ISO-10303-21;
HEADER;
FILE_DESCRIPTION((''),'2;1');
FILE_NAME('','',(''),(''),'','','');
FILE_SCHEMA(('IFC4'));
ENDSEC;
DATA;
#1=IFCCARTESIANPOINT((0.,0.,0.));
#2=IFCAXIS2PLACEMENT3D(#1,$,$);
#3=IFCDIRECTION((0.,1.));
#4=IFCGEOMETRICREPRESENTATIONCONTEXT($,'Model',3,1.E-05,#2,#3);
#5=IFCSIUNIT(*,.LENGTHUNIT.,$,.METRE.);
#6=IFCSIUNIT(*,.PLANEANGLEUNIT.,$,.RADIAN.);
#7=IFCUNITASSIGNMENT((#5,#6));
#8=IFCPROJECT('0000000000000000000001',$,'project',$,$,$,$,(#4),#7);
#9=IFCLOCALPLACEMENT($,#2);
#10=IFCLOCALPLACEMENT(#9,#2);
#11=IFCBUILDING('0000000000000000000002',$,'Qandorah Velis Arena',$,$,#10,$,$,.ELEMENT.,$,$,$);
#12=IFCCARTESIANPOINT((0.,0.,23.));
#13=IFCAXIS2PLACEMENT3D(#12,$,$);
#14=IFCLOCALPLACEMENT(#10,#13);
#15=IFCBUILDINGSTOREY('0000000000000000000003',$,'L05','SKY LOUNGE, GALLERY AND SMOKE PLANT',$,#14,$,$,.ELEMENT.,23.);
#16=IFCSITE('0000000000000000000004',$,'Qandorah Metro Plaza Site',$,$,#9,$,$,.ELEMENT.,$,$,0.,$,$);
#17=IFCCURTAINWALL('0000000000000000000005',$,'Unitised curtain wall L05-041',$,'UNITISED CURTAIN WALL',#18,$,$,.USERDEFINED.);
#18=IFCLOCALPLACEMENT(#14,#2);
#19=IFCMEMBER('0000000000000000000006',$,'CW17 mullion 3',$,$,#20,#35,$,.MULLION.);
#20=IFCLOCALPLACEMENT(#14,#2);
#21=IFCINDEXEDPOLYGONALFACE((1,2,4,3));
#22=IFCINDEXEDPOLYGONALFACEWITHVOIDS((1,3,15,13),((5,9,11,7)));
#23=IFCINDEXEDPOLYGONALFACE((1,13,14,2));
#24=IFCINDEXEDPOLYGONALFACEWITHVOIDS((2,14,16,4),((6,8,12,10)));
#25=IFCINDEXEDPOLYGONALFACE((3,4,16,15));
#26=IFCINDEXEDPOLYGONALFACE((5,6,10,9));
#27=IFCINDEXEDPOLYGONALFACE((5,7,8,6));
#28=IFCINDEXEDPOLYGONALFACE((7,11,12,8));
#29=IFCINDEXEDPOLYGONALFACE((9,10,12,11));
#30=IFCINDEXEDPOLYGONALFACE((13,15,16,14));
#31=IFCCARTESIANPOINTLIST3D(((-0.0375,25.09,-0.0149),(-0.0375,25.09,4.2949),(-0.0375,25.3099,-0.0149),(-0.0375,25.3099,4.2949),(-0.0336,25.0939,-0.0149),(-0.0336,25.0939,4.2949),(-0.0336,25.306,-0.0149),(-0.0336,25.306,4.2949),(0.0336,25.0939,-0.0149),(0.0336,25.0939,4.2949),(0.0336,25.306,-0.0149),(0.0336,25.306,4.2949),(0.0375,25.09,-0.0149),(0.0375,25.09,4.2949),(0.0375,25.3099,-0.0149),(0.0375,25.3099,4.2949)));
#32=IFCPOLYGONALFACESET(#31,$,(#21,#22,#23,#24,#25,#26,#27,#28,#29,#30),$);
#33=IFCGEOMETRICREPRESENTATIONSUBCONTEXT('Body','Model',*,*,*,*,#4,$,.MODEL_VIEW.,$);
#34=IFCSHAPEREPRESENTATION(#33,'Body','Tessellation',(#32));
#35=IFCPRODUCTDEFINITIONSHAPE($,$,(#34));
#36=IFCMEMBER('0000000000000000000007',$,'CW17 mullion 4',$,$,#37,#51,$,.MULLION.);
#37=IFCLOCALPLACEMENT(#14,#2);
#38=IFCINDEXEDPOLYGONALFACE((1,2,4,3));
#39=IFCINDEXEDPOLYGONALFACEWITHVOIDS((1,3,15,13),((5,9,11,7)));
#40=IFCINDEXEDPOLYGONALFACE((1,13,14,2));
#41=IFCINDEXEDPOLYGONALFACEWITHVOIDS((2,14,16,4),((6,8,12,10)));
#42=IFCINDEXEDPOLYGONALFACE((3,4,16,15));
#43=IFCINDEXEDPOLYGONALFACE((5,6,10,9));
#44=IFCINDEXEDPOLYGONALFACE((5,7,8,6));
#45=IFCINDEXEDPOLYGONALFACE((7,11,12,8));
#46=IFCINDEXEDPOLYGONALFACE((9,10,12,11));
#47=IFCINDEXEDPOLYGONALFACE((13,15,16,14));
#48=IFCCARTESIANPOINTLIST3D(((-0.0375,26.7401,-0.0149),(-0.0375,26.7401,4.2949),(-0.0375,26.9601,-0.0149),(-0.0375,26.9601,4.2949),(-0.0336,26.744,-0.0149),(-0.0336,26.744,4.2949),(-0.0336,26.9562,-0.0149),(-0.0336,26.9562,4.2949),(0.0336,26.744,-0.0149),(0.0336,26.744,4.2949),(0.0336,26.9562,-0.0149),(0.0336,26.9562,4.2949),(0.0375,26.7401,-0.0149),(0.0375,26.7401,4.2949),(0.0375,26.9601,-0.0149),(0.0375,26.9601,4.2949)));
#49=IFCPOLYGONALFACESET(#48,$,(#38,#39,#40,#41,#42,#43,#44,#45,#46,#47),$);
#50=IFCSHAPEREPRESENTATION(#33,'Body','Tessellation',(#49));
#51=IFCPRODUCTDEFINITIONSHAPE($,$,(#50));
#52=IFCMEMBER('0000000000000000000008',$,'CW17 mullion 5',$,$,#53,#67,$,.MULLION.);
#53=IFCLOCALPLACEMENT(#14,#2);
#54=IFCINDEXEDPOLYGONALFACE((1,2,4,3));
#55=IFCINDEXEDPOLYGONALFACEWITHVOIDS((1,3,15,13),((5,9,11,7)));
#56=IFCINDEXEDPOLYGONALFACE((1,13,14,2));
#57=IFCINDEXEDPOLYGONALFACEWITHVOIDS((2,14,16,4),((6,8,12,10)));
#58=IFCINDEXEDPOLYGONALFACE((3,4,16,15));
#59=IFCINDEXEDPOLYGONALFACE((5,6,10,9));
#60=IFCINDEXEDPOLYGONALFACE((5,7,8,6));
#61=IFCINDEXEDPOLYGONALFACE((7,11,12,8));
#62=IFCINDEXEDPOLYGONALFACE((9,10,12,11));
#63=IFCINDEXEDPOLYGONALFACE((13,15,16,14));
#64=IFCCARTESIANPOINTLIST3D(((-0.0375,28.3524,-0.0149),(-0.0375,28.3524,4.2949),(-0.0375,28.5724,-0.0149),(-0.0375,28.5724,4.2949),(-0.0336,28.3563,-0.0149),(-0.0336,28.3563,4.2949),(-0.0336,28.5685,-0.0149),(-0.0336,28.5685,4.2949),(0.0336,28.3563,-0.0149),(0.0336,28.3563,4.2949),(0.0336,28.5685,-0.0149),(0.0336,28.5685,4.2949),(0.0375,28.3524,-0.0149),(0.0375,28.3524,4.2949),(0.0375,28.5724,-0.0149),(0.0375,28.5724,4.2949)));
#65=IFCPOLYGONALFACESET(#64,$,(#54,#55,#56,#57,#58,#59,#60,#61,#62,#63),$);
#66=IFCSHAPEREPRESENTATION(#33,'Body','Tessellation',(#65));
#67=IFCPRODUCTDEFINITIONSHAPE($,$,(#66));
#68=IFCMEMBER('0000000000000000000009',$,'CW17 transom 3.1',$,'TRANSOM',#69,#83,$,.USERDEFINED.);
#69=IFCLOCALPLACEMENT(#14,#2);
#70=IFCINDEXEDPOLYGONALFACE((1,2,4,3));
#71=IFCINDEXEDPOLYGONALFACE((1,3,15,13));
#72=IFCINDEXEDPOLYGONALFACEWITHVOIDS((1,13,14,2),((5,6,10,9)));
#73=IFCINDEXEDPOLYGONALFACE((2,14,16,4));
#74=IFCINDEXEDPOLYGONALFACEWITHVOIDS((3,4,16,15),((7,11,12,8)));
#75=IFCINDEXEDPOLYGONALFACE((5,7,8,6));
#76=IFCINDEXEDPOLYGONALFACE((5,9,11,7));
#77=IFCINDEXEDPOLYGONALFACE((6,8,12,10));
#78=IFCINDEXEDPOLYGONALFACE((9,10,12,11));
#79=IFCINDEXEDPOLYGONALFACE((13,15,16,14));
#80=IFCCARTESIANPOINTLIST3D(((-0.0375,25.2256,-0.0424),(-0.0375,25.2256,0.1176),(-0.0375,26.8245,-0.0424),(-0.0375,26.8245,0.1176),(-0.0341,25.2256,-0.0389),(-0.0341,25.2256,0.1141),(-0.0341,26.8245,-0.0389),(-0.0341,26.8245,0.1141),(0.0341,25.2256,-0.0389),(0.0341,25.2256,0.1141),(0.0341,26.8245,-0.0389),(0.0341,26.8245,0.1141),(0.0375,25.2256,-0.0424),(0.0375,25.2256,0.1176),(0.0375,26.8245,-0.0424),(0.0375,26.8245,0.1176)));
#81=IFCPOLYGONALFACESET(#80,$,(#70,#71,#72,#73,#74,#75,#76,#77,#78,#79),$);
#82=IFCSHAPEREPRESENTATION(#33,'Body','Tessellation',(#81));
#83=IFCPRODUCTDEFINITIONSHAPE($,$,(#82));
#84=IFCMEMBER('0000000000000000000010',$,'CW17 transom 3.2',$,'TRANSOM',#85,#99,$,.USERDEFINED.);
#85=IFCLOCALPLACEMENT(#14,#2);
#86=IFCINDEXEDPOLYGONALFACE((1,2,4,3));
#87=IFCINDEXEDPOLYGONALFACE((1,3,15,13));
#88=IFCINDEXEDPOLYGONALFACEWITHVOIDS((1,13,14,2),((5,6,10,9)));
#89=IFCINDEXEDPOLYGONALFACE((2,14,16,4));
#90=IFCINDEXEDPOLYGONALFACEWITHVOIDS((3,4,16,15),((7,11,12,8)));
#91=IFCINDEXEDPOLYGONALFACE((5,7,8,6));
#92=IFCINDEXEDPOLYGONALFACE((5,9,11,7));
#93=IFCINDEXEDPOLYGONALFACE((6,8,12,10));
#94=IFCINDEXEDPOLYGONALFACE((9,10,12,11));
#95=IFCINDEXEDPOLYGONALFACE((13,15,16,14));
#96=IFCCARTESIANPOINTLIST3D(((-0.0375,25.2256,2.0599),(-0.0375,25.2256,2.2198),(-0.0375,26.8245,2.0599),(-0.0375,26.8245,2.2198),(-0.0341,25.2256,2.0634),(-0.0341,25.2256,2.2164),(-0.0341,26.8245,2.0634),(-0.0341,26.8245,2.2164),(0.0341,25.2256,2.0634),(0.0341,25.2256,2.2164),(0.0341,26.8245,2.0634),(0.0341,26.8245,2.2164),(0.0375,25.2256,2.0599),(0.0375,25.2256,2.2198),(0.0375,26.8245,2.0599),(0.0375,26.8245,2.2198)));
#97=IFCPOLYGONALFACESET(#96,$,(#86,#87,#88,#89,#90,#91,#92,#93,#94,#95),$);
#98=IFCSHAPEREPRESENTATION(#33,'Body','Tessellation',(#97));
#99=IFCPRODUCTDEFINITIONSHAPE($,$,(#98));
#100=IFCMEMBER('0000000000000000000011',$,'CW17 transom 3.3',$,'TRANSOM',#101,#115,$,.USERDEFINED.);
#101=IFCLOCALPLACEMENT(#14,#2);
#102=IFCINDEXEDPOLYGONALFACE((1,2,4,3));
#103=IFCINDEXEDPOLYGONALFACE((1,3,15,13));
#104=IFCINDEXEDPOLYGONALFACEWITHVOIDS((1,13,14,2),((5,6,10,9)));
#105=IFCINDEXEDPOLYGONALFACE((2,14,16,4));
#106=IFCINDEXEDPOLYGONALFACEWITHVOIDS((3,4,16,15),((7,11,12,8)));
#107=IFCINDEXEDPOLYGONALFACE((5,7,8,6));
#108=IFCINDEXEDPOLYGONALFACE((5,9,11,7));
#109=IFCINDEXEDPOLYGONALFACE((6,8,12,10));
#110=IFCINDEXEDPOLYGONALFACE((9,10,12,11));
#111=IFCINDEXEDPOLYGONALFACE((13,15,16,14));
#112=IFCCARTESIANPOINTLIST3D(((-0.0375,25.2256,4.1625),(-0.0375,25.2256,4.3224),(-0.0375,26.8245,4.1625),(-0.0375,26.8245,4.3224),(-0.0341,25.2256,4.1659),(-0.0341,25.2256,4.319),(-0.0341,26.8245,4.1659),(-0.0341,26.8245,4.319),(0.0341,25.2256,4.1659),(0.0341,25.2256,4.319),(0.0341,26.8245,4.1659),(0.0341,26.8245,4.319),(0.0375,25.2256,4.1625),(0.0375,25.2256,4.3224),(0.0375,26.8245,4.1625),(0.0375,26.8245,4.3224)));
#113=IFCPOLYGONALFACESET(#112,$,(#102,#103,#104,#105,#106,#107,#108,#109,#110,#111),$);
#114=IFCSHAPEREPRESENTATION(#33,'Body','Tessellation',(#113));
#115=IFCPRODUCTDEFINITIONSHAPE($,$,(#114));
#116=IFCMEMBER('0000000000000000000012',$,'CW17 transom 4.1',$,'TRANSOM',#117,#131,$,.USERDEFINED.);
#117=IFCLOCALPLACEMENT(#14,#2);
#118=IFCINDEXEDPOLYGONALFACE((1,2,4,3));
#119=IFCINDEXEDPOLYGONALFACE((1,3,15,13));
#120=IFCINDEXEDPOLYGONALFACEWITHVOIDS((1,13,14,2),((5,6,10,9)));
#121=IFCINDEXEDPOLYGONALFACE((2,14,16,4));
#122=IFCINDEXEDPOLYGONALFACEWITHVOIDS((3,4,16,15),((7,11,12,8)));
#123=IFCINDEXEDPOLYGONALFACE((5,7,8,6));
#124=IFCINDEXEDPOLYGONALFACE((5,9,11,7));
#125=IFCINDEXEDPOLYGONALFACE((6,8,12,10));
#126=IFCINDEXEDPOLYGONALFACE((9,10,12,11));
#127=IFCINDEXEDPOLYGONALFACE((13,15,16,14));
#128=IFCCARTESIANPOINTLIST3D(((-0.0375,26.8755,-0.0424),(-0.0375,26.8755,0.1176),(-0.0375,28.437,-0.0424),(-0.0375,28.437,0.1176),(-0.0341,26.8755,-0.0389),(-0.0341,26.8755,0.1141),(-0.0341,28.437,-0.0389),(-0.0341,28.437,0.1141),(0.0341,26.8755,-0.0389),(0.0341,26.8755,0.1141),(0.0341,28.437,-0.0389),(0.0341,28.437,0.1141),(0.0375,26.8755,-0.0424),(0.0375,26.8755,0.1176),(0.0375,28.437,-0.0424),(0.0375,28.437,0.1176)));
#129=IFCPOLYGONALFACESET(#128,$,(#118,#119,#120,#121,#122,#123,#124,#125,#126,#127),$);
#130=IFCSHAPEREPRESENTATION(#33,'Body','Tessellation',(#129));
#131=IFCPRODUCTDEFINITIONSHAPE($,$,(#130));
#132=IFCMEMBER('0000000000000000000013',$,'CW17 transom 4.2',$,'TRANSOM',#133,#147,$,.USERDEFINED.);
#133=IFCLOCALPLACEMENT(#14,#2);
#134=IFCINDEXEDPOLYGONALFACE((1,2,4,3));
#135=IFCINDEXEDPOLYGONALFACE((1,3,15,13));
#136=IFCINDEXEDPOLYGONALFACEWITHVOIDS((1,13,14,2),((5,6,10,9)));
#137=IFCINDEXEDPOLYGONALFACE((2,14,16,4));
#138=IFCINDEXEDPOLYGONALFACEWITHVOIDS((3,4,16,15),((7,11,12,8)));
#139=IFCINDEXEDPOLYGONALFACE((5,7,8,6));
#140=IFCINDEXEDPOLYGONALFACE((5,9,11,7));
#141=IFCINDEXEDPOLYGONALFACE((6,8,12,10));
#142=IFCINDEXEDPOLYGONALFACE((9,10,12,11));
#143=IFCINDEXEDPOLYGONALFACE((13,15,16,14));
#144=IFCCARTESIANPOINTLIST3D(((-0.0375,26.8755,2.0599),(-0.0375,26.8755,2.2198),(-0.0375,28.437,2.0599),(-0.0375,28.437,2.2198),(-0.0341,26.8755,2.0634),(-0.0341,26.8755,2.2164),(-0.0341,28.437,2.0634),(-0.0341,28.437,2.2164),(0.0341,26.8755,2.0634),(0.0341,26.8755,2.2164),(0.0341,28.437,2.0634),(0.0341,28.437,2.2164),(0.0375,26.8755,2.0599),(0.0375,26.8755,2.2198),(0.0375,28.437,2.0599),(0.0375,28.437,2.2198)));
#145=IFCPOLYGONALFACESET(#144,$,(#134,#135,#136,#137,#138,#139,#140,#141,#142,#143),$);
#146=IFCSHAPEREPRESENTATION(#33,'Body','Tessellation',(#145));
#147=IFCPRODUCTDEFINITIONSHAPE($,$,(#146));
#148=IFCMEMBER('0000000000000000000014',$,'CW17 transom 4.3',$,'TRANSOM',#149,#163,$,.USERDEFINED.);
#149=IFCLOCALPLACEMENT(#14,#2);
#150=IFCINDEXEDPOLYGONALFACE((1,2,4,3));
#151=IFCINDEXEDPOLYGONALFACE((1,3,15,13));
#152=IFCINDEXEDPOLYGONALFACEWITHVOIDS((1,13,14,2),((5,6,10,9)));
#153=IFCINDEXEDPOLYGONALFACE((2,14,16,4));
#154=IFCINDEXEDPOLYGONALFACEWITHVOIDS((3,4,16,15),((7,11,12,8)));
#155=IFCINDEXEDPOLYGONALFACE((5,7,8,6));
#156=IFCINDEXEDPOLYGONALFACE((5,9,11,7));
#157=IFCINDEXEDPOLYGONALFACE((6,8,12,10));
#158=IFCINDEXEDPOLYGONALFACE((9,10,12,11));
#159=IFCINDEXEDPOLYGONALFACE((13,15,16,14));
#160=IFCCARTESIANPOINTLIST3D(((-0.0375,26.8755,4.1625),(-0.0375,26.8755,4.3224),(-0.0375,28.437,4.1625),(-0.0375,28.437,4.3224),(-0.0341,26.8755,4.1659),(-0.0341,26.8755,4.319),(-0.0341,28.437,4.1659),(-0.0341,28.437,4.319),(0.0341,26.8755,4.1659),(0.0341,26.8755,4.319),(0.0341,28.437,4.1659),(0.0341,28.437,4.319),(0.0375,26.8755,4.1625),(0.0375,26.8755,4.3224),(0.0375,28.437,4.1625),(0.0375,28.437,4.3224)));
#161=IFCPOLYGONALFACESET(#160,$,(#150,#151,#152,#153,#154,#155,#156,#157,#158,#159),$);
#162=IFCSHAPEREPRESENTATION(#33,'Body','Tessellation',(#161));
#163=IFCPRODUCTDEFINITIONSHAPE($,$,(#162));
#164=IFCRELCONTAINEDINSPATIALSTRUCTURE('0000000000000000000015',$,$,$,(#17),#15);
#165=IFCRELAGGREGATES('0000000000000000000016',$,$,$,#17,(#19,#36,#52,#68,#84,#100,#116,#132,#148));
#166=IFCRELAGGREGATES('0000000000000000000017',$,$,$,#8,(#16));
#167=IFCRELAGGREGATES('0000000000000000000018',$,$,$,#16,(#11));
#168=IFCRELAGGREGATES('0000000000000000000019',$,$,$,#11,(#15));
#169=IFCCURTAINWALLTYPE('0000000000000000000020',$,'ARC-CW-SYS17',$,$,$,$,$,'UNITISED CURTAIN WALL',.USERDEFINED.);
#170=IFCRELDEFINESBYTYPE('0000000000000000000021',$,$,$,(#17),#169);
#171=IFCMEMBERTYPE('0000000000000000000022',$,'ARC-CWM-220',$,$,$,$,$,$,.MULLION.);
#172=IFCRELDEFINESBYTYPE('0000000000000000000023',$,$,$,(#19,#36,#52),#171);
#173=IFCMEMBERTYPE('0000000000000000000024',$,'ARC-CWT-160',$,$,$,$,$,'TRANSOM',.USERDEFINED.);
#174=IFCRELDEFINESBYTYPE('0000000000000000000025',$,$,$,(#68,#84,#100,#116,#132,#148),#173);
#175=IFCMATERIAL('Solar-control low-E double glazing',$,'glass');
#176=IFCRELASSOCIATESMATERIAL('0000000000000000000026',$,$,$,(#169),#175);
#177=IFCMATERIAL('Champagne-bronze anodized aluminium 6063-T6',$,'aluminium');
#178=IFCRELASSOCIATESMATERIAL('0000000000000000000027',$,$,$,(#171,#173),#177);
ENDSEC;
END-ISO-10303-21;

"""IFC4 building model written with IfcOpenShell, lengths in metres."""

from ifc_helpers import new_model, si_unit, direction, frame, origin, origin_2d, place, context, subcontext, project, spatial, hollow_rectangle, extrude, material, material_profile, profile_set, type_object, element, aggregate, save


model = new_model("IFC4")

# Units and contexts
model_context = context("Model", 3, precision=1e-05, world=origin(), true_north=direction((0.0, 1.0)))
body_context = subcontext(model_context, "Body", "Model", "MODEL_VIEW")
ifc_project = project(units=[si_unit("LENGTHUNIT", "METRE"), si_unit("PLANEANGLEUNIT", "RADIAN")], contexts=[model_context])

# Site, building, storey
site_placement = place(None, origin())
site = spatial("IfcSite", under=ifc_project, at=site_placement, Name="Qandorah Metro Plaza Site", CompositionType="ELEMENT", RefElevation=0.0)
building_placement = place(site_placement, origin())
building = spatial("IfcBuilding", under=site, at=building_placement, Name="Qandorah Velis Arena", CompositionType="ELEMENT")
storey_placement = place(building_placement, frame((0.0, 0.0, 23.0)))
storey = spatial("IfcBuildingStorey", under=building, at=storey_placement, Name="L05", Description="SKY LOUNGE, GALLERY AND SMOKE PLANT", CompositionType="ELEMENT", Elevation=23.0)

# Curtain wall, members
ifc_material_1 = material(Name="Solar-control low-E double glazing", Category="glass")
curtain_wall_type = type_object("IfcCurtainWallType", Name="ARC-CW-SYS17", ElementType="UNITISED CURTAIN WALL", PredefinedType="USERDEFINED", material=ifc_material_1)
curtain_wall_placement = place(storey_placement, origin())
curtain_wall = element("IfcCurtainWall", 1, at=curtain_wall_placement, inside=storey, type_object=curtain_wall_type, Name="Unitised curtain wall L05-041", ObjectType="UNITISED CURTAIN WALL", PredefinedType="USERDEFINED")
ifc_material_2 = material(Name="Champagne-bronze anodized aluminium 6063-T6", Category="aluminium")
ifc_material_profile_1 = material_profile(ifc_material_2, hollow_rectangle(XDim=0.075, YDim=0.22, WallThickness=0.0039, at=origin_2d()), Name="ALU MULLION 75x220")
ifc_profile_set_1 = profile_set([ifc_material_profile_1], Name="Champagne-bronze anodized aluminium 6063-T6")
member_type_1 = type_object("IfcMemberType", Name="ARC-CWM-220", PredefinedType="MULLION", material=ifc_profile_set_1)
member_1_placement = place(storey_placement, frame((0.0, 25.2, -0.0149), z_axis=(0.0, 0.0, 1.0), x_axis=(-1.0, 0.0, 0.0)))
member_1 = element("IfcMember", 2, at=member_1_placement, type_object=member_type_1, Name="CW17 mullion 3", PredefinedType="MULLION", context=body_context, shape_type="SweptSolid", body=[
    extrude(hollow_rectangle(XDim=0.075, YDim=0.22, WallThickness=0.0039, at=origin_2d()), origin(), (0.0, 0.0, 1.0), 4.3098),
])
member_2_placement = place(storey_placement, frame((0.0, 26.8501, -0.0149), z_axis=(0.0, 0.0, 1.0), x_axis=(-1.0, 0.0, 0.0)))
member_2 = element("IfcMember", 3, at=member_2_placement, type_object=member_type_1, Name="CW17 mullion 4", PredefinedType="MULLION", context=body_context, shape_type="SweptSolid", body=[
    extrude(hollow_rectangle(XDim=0.075, YDim=0.22, WallThickness=0.0039, at=origin_2d()), origin(), (0.0, 0.0, 1.0), 4.3098),
])
member_3_placement = place(storey_placement, frame((0.0, 28.4624, -0.0149), z_axis=(0.0, 0.0, 1.0), x_axis=(-1.0, 0.0, 0.0)))
member_3 = element("IfcMember", 4, at=member_3_placement, type_object=member_type_1, Name="CW17 mullion 5", PredefinedType="MULLION", context=body_context, shape_type="SweptSolid", body=[
    extrude(hollow_rectangle(XDim=0.075, YDim=0.22, WallThickness=0.0039, at=origin_2d()), origin(), (0.0, 0.0, 1.0), 4.3098),
])
ifc_material_profile_2 = material_profile(ifc_material_2, hollow_rectangle(XDim=0.075, YDim=0.1599, WallThickness=0.0034, at=origin_2d()), Name="ALU TRANSOM 75x160")
ifc_profile_set_2 = profile_set([ifc_material_profile_2], Name="Champagne-bronze anodized aluminium 6063-T6")
member_type_2 = type_object("IfcMemberType", Name="ARC-CWT-160", ElementType="TRANSOM", PredefinedType="USERDEFINED", material=ifc_profile_set_2)
member_4_placement = place(storey_placement, frame((0.0, 25.2256, 0.0376), z_axis=(0.0, 1.0, 0.0), x_axis=(-1.0, 0.0, 0.0)))
member_4 = element("IfcMember", 5, at=member_4_placement, type_object=member_type_2, Name="CW17 transom 3.1", ObjectType="TRANSOM", PredefinedType="USERDEFINED", context=body_context, shape_type="SweptSolid", body=[
    extrude(hollow_rectangle(XDim=0.075, YDim=0.1599, WallThickness=0.0034, at=origin_2d()), origin(), (0.0, 0.0, 1.0), 1.5989),
])
member_5_placement = place(storey_placement, frame((0.0, 25.2256, 2.1399), z_axis=(0.0, 1.0, 0.0), x_axis=(-1.0, 0.0, 0.0)))
member_5 = element("IfcMember", 6, at=member_5_placement, type_object=member_type_2, Name="CW17 transom 3.2", ObjectType="TRANSOM", PredefinedType="USERDEFINED", context=body_context, shape_type="SweptSolid", body=[
    extrude(hollow_rectangle(XDim=0.075, YDim=0.1599, WallThickness=0.0034, at=origin_2d()), origin(), (0.0, 0.0, 1.0), 1.5989),
])
member_6_placement = place(storey_placement, frame((0.0, 25.2256, 4.2424), z_axis=(0.0, 1.0, 0.0), x_axis=(-1.0, 0.0, 0.0)))
member_6 = element("IfcMember", 7, at=member_6_placement, type_object=member_type_2, Name="CW17 transom 3.3", ObjectType="TRANSOM", PredefinedType="USERDEFINED", context=body_context, shape_type="SweptSolid", body=[
    extrude(hollow_rectangle(XDim=0.075, YDim=0.1599, WallThickness=0.0034, at=origin_2d()), origin(), (0.0, 0.0, 1.0), 1.5989),
])
member_7_placement = place(storey_placement, frame((0.0, 26.8755, 0.0376), z_axis=(0.0, 1.0, 0.0), x_axis=(-1.0, 0.0, 0.0)))
member_7 = element("IfcMember", 8, at=member_7_placement, type_object=member_type_2, Name="CW17 transom 4.1", ObjectType="TRANSOM", PredefinedType="USERDEFINED", context=body_context, shape_type="SweptSolid", body=[
    extrude(hollow_rectangle(XDim=0.075, YDim=0.1599, WallThickness=0.0034, at=origin_2d()), origin(), (0.0, 0.0, 1.0), 1.5615),
])
member_8_placement = place(storey_placement, frame((0.0, 26.8755, 2.1399), z_axis=(0.0, 1.0, 0.0), x_axis=(-1.0, 0.0, 0.0)))
member_8 = element("IfcMember", 9, at=member_8_placement, type_object=member_type_2, Name="CW17 transom 4.2", ObjectType="TRANSOM", PredefinedType="USERDEFINED", context=body_context, shape_type="SweptSolid", body=[
    extrude(hollow_rectangle(XDim=0.075, YDim=0.1599, WallThickness=0.0034, at=origin_2d()), origin(), (0.0, 0.0, 1.0), 1.5615),
])
member_9_placement = place(storey_placement, frame((0.0, 26.8755, 4.2424), z_axis=(0.0, 1.0, 0.0), x_axis=(-1.0, 0.0, 0.0)))
member_9 = element("IfcMember", 10, at=member_9_placement, type_object=member_type_2, Name="CW17 transom 4.3", ObjectType="TRANSOM", PredefinedType="USERDEFINED", context=body_context, shape_type="SweptSolid", body=[
    extrude(hollow_rectangle(XDim=0.075, YDim=0.1599, WallThickness=0.0034, at=origin_2d()), origin(), (0.0, 0.0, 1.0), 1.5615),
])

aggregate(curtain_wall, [member_1, member_2, member_3, member_4, member_5, member_6, member_7, member_8, member_9])

save(model, "model.ifc")
